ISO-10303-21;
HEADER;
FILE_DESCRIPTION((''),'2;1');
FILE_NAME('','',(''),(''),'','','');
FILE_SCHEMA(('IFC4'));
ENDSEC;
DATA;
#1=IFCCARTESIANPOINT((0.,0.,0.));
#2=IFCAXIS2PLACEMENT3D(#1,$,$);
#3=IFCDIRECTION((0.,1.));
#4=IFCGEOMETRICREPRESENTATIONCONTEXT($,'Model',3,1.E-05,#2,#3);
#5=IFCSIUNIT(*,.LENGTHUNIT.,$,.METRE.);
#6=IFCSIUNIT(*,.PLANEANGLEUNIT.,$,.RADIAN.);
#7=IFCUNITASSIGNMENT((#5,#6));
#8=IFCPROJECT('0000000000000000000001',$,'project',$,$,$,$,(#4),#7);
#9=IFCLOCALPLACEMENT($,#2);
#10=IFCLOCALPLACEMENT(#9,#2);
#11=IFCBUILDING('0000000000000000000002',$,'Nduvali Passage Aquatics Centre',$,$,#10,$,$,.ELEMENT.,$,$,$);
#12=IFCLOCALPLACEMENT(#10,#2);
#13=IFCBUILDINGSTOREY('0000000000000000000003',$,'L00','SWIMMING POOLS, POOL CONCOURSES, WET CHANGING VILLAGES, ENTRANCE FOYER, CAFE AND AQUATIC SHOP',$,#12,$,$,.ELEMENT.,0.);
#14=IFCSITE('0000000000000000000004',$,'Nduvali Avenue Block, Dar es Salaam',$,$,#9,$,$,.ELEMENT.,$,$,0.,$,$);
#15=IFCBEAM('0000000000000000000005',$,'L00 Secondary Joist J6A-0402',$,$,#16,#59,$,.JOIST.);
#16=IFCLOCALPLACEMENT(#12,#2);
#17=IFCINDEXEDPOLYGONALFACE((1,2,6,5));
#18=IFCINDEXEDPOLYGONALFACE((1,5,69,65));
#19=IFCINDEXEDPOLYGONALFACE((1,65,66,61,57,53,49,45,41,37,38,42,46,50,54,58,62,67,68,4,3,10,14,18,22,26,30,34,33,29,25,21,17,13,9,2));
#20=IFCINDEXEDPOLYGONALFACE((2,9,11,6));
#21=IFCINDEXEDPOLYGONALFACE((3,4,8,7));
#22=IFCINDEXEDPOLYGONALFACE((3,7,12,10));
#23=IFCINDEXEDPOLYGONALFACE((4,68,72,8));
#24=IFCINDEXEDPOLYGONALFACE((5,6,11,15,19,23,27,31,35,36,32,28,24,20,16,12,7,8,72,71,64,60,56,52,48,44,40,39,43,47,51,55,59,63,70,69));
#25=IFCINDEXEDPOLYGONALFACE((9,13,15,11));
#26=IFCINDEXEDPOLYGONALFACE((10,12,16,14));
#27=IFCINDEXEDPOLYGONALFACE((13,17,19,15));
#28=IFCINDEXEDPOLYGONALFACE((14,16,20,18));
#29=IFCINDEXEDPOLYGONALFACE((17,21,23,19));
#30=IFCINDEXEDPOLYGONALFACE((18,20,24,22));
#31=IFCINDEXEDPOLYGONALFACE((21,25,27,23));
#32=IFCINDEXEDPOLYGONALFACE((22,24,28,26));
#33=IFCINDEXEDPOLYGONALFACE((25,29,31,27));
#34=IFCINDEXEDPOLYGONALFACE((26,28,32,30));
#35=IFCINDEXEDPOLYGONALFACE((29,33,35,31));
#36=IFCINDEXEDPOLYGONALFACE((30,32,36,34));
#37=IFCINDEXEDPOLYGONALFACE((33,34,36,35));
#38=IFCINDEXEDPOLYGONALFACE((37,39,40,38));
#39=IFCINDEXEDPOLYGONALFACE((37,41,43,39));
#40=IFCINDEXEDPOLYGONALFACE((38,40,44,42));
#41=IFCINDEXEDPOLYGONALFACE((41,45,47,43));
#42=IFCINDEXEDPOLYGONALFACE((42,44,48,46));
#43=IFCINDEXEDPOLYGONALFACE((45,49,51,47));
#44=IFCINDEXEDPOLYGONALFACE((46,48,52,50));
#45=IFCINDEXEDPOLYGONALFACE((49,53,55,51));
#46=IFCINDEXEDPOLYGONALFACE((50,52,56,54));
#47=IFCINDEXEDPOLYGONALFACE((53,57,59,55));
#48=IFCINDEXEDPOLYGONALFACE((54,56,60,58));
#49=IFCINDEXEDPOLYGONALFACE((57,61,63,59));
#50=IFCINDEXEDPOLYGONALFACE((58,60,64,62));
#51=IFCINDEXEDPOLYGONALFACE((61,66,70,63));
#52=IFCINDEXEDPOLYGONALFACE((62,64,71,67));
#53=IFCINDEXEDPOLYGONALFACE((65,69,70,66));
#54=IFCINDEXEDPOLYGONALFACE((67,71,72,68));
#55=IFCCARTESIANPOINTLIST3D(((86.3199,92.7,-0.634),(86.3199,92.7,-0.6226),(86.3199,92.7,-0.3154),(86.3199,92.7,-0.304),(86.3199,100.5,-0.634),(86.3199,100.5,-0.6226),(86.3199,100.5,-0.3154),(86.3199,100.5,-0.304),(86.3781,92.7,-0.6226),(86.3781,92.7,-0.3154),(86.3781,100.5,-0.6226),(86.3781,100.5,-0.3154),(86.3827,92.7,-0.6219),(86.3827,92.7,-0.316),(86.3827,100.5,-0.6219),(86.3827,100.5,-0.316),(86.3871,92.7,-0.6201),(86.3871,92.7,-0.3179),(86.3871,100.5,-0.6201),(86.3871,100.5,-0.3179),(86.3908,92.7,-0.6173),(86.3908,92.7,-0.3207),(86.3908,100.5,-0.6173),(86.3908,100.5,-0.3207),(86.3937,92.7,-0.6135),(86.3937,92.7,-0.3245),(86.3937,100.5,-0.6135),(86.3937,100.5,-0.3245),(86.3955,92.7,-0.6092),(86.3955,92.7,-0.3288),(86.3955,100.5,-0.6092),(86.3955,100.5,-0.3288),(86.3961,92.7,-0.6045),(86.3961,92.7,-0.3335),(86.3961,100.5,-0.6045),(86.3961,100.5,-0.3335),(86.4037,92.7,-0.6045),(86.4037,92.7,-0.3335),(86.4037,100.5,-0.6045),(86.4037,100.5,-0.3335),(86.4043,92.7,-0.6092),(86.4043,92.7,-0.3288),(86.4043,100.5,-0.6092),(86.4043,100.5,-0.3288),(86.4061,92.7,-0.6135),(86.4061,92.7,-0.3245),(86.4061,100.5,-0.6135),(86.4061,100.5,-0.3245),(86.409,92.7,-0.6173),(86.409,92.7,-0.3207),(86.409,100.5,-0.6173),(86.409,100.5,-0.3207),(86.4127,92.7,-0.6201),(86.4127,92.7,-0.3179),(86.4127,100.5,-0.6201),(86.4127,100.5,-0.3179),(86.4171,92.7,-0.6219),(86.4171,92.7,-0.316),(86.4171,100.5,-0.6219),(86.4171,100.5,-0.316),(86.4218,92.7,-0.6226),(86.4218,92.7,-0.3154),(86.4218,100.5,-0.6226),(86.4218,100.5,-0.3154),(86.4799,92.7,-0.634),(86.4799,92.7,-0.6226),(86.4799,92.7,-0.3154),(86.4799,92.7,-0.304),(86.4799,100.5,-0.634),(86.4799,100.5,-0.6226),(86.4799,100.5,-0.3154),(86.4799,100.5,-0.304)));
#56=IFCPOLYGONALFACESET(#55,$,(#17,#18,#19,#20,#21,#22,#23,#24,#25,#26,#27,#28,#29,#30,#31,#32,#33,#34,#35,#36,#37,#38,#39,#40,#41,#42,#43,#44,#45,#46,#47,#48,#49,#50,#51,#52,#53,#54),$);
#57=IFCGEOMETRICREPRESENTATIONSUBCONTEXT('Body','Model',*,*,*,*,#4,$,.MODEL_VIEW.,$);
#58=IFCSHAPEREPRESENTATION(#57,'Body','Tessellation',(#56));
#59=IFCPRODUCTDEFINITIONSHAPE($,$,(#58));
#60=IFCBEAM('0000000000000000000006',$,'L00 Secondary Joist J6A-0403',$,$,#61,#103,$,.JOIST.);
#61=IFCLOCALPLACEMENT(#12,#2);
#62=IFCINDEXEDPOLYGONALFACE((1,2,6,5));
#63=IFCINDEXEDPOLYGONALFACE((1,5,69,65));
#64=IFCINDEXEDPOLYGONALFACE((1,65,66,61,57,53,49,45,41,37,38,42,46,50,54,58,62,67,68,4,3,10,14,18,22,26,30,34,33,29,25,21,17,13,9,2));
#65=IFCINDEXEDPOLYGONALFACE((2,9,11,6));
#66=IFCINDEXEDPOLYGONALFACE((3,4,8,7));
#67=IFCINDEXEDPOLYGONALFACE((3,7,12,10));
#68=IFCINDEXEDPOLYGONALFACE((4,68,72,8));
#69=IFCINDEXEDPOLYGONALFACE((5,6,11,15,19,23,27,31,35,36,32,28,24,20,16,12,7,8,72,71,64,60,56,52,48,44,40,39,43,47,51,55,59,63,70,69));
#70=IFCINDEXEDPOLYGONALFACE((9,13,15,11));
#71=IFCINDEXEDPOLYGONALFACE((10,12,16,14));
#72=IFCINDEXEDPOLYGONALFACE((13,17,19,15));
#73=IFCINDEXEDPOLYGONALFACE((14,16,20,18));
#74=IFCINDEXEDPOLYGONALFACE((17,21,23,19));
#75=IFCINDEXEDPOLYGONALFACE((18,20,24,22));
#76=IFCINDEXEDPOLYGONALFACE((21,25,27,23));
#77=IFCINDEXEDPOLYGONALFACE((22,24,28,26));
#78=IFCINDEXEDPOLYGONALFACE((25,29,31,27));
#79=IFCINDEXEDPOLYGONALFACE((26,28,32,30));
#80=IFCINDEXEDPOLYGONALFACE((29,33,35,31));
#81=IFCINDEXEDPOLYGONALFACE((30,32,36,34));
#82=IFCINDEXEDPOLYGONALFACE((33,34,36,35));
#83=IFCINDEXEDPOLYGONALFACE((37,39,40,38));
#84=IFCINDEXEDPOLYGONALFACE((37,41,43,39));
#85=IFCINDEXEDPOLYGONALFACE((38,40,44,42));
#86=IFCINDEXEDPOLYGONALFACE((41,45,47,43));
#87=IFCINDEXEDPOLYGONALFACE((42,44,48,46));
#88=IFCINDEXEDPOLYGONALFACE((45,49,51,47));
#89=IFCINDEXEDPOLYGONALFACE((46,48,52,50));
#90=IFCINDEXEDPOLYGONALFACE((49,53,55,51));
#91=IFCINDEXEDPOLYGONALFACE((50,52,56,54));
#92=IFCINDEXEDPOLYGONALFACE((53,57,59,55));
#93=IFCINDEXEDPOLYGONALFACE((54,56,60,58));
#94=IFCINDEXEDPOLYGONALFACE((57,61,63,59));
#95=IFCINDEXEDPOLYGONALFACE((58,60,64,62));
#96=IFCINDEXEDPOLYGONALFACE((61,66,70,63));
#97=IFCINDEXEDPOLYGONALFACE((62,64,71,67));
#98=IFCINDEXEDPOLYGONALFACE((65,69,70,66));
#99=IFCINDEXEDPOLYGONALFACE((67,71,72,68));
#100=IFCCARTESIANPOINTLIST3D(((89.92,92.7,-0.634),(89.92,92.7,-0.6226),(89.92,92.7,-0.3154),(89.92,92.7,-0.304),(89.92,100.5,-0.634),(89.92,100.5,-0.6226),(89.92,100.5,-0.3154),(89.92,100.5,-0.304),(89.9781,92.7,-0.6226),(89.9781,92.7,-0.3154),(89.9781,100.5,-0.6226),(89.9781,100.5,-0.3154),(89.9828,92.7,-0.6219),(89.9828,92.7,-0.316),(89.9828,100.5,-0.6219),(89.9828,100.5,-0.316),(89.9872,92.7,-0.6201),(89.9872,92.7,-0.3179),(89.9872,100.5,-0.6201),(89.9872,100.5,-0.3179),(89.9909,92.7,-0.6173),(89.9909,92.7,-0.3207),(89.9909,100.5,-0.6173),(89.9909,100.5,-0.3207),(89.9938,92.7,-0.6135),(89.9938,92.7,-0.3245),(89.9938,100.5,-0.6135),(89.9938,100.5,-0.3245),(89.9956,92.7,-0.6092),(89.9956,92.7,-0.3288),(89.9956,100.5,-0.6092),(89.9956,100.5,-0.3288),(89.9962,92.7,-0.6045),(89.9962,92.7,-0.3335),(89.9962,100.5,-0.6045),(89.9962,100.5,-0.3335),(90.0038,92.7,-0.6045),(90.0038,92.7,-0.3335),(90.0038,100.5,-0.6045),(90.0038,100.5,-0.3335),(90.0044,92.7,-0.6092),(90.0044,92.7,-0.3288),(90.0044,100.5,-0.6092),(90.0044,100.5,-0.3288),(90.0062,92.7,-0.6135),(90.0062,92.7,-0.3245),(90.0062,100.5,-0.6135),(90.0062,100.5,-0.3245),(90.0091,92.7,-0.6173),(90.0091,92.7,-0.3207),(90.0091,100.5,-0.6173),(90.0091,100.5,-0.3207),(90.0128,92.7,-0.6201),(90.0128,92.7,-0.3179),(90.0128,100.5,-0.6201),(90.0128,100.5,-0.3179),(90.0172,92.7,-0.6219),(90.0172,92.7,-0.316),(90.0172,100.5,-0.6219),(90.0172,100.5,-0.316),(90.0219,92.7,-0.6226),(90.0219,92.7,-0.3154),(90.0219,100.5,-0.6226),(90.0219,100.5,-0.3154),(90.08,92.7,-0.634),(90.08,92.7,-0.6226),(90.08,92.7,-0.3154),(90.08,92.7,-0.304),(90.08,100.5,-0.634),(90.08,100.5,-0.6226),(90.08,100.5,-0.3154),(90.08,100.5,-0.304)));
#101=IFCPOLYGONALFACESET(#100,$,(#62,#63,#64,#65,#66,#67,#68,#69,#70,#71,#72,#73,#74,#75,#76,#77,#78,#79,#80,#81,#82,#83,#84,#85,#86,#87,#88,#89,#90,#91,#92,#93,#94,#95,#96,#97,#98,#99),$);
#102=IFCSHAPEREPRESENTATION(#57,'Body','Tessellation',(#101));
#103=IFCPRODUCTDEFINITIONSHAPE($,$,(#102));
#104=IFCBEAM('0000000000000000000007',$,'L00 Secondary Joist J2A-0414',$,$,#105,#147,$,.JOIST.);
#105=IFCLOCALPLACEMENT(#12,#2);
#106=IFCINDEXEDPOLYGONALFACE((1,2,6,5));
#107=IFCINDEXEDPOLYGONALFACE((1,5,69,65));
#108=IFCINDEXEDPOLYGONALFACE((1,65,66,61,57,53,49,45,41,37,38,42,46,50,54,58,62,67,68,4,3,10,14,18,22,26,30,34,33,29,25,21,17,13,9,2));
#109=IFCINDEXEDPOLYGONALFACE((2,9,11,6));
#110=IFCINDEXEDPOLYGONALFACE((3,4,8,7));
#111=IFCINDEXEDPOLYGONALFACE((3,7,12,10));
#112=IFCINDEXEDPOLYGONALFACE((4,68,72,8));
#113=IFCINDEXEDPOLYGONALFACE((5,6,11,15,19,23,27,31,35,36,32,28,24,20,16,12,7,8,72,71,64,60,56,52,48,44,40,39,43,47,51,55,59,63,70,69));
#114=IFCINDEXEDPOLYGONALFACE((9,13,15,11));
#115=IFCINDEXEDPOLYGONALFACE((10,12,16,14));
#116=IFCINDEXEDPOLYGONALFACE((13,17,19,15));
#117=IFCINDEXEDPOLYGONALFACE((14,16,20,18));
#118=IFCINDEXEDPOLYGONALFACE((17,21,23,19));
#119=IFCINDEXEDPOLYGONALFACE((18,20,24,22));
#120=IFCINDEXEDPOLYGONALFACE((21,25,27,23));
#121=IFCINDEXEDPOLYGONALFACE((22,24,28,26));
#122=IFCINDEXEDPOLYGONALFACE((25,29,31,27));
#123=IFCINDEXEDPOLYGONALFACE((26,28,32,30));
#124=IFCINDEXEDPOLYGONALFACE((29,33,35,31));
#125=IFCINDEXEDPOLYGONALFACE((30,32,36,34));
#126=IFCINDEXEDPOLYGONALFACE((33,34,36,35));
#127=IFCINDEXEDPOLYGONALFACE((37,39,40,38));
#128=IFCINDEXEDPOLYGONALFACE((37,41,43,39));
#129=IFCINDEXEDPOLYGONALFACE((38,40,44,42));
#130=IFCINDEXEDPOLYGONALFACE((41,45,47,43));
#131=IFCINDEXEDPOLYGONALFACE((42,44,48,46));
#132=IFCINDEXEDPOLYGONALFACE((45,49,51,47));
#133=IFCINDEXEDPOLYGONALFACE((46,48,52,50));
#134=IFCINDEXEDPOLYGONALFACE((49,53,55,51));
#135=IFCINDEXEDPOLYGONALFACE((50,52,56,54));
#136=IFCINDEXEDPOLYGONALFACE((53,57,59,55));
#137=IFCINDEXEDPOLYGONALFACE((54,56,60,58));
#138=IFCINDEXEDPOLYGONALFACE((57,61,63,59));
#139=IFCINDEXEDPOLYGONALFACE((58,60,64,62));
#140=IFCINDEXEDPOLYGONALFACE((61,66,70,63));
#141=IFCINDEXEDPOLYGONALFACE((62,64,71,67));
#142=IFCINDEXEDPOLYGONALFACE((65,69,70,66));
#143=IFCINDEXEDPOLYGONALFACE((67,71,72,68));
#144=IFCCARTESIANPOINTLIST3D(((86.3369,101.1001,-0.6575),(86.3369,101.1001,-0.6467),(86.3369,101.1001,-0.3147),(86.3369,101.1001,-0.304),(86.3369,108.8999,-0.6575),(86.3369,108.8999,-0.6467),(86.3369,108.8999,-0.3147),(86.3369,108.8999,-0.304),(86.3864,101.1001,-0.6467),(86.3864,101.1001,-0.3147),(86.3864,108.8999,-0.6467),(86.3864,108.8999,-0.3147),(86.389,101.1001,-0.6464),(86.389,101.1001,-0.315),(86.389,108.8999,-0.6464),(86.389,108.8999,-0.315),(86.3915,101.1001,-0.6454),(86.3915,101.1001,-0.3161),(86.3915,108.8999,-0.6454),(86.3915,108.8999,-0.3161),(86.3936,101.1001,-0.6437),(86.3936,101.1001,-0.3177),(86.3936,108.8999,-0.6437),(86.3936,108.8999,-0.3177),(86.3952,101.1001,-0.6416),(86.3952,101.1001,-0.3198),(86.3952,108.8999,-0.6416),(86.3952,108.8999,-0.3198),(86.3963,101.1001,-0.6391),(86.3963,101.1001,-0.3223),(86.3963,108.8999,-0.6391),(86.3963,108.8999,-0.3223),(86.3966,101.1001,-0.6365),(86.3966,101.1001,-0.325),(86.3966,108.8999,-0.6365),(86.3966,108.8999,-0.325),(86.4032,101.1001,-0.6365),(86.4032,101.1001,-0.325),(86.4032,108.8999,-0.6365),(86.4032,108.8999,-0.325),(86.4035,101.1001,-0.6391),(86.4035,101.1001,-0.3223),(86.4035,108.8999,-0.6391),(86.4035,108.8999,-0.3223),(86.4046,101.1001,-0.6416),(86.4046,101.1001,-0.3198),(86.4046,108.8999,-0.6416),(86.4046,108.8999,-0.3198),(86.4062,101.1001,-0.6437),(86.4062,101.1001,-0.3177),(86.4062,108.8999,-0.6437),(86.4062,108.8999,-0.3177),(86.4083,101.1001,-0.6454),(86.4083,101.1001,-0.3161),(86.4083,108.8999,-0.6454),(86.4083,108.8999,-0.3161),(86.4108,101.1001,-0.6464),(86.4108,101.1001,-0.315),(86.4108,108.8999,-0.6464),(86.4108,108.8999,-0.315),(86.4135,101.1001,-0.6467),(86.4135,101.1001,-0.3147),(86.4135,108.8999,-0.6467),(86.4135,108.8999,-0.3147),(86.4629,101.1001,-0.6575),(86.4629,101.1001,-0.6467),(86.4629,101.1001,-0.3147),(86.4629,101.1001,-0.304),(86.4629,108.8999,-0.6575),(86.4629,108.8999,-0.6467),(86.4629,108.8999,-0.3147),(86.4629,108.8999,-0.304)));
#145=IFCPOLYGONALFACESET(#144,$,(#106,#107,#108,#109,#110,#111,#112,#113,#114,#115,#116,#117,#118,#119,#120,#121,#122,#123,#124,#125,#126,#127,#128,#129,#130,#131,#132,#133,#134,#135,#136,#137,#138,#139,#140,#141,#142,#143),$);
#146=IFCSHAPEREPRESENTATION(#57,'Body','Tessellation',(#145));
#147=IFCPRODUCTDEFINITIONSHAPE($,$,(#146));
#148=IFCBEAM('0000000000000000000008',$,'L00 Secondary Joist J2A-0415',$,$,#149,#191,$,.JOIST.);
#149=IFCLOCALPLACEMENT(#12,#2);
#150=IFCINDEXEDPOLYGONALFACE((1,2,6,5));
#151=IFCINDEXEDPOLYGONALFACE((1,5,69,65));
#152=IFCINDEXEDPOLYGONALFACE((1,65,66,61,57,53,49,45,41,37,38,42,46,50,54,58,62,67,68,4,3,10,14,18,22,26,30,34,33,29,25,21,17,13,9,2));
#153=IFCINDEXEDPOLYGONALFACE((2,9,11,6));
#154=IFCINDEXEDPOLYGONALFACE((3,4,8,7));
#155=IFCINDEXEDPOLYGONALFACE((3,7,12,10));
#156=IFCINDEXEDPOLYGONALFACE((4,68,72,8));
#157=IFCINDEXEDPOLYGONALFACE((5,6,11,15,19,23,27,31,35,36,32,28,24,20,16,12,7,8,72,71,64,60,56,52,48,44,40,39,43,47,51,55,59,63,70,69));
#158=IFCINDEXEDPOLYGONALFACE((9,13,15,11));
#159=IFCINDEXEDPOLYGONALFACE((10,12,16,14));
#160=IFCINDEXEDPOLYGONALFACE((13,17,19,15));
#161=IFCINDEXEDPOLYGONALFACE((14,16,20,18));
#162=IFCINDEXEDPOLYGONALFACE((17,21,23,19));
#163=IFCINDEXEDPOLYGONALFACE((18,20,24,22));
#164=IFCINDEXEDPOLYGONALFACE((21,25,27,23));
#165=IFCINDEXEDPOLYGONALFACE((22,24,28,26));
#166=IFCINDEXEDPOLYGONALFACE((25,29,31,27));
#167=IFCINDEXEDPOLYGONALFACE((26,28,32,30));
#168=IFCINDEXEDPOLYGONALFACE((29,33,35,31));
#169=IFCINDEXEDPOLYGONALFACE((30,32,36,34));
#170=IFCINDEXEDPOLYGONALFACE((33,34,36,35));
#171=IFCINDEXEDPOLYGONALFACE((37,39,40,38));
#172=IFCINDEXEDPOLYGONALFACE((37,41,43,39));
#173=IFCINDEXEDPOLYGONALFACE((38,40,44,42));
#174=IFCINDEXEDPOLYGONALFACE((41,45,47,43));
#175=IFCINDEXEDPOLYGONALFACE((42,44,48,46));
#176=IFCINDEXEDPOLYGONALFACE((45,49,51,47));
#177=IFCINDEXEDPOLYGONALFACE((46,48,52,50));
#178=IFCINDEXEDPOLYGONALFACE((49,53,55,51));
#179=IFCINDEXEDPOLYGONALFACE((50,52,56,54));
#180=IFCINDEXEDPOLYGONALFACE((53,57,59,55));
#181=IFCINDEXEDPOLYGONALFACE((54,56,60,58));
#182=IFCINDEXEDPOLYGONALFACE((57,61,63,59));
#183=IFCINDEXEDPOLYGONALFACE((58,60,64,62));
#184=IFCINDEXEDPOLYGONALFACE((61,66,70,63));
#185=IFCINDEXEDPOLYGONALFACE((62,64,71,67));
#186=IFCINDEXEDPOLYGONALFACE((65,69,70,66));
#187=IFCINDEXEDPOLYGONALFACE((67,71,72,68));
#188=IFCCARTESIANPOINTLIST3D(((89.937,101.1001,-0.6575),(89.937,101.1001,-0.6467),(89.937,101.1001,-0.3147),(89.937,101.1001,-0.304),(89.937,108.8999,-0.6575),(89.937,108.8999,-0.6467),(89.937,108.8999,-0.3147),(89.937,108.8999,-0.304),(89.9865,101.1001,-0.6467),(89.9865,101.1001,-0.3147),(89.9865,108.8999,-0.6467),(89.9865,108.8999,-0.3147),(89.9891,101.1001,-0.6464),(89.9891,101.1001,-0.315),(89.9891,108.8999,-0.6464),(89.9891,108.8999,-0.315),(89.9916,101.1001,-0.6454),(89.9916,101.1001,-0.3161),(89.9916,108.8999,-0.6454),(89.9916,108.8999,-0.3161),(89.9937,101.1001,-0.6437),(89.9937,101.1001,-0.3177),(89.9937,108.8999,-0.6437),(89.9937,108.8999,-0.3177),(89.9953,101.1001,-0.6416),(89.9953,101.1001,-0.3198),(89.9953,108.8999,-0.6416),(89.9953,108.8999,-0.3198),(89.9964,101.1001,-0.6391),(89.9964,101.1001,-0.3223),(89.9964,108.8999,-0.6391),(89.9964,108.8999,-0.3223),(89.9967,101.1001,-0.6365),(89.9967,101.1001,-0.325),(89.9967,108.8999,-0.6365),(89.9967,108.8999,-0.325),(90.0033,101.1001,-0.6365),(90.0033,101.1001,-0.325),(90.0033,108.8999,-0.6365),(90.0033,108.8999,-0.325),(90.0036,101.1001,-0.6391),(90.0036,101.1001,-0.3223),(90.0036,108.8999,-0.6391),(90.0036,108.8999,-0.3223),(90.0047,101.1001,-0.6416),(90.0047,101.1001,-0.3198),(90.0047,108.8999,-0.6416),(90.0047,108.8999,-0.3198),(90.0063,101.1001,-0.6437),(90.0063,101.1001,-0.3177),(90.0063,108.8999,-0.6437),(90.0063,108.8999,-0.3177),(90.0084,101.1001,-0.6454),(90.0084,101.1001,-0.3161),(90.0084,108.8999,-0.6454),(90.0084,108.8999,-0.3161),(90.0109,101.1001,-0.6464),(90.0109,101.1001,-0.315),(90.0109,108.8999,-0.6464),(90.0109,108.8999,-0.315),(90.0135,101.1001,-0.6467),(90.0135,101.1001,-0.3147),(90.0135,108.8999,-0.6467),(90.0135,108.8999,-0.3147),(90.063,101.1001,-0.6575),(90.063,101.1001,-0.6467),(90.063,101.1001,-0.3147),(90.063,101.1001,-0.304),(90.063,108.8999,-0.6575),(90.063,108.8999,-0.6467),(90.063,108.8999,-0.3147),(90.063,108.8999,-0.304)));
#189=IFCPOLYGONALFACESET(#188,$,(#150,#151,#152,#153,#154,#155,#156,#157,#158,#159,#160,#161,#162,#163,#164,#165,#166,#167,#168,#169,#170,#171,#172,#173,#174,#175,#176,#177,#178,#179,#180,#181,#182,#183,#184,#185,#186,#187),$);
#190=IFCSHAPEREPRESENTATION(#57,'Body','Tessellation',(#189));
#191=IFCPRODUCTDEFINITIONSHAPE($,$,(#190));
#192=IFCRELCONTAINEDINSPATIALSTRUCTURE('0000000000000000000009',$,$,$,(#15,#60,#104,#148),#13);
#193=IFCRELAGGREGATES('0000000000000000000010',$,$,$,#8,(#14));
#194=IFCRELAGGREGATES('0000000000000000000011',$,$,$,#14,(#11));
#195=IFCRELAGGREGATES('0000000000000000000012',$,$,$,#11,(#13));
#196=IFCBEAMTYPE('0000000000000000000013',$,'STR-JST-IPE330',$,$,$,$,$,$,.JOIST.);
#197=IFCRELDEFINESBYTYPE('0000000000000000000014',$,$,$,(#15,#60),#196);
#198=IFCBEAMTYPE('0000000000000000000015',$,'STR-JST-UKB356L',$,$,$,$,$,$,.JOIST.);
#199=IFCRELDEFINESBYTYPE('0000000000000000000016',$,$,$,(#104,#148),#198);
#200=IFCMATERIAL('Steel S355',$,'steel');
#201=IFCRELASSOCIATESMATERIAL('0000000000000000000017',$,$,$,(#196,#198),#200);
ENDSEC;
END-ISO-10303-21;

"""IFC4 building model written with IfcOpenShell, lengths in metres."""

from ifc_helpers import new_model, si_unit, direction, frame, origin, origin_2d, place, context, subcontext, project, spatial, i_section, extrude, material, material_profile, profile_set, type_object, element, save


model = new_model("IFC4")

# Units and contexts
model_context = context("Model", 3, precision=1e-05, world=origin(), true_north=direction((0.0, 1.0)))
body_context = subcontext(model_context, "Body", "Model", "MODEL_VIEW")
ifc_project = project(units=[si_unit("LENGTHUNIT", "METRE"), si_unit("PLANEANGLEUNIT", "RADIAN")], contexts=[model_context])

# Site, building, storey
site_placement = place(None, origin())
site = spatial("IfcSite", under=ifc_project, at=site_placement, Name="Nduvali Avenue Block, Dar es Salaam", CompositionType="ELEMENT", RefElevation=0.0)
building_placement = place(site_placement, origin())
building = spatial("IfcBuilding", under=site, at=building_placement, Name="Nduvali Passage Aquatics Centre", CompositionType="ELEMENT")
storey_placement = place(building_placement, origin())
storey = spatial("IfcBuildingStorey", under=building, at=storey_placement, Name="L00", Description="SWIMMING POOLS, POOL CONCOURSES, WET CHANGING VILLAGES, ENTRANCE FOYER, CAFE AND AQUATIC SHOP", CompositionType="ELEMENT", Elevation=0.0)

# Beams
ifc_material_1 = material(Name="Steel S355", Category="steel")
ifc_material_profile_1 = material_profile(ifc_material_1, i_section(OverallWidth=0.1599, OverallDepth=0.3301, WebThickness=0.0076, FlangeThickness=0.0115, FilletRadius=0.0181, at=origin_2d()), Name="IPE 330")
ifc_profile_set_1 = profile_set([ifc_material_profile_1], Name="Steel S355")
beam_type_1 = type_object("IfcBeamType", Name="STR-JST-IPE330", PredefinedType="JOIST", material=ifc_profile_set_1)
for number, where, z_axis, x_axis, name in (
    (1, (86.3999, 92.7, -0.469), (0.0, 1.0, 0.0), (-1.0, 0.0, 0.0), "L00 Secondary Joist J6A-0402"),
    (2, (90.0, 92.7, -0.469), (0.0, 1.0, 0.0), (-1.0, 0.0, 0.0), "L00 Secondary Joist J6A-0403"),
):
    element("IfcBeam", number, at=place(storey_placement, frame(where, z_axis=z_axis, x_axis=x_axis)), inside=storey, type_object=beam_type_1, Name=name, PredefinedType="JOIST", context=body_context, shape_type="SweptSolid", body=[
        extrude(i_section(OverallWidth=0.1599, OverallDepth=0.3301, WebThickness=0.0076, FlangeThickness=0.0115, FilletRadius=0.0181, at=origin_2d()), origin(), (0.0, 0.0, 1.0), 7.8),
    ])
ifc_material_profile_2 = material_profile(ifc_material_1, i_section(OverallWidth=0.126, OverallDepth=0.3535, WebThickness=0.0066, FlangeThickness=0.0107, FilletRadius=0.0103, at=origin_2d()), Name="UKB 356x127x39")
ifc_profile_set_2 = profile_set([ifc_material_profile_2], Name="Steel S355")
beam_type_2 = type_object("IfcBeamType", Name="STR-JST-UKB356L", PredefinedType="JOIST", material=ifc_profile_set_2)
for number, where, z_axis, x_axis, name in (
    (3, (86.3999, 101.1001, -0.4807), (0.0, 1.0, 0.0), (-1.0, 0.0, 0.0), "L00 Secondary Joist J2A-0414"),
    (4, (90.0, 101.1001, -0.4807), (0.0, 1.0, 0.0), (-1.0, 0.0, 0.0), "L00 Secondary Joist J2A-0415"),
):
    element("IfcBeam", number, at=place(storey_placement, frame(where, z_axis=z_axis, x_axis=x_axis)), inside=storey, type_object=beam_type_2, Name=name, PredefinedType="JOIST", context=body_context, shape_type="SweptSolid", body=[
        extrude(i_section(OverallWidth=0.126, OverallDepth=0.3535, WebThickness=0.0066, FlangeThickness=0.0107, FilletRadius=0.0103, at=origin_2d()), origin(), (0.0, 0.0, 1.0), 7.7998),
    ])

save(model, "model.ifc")
